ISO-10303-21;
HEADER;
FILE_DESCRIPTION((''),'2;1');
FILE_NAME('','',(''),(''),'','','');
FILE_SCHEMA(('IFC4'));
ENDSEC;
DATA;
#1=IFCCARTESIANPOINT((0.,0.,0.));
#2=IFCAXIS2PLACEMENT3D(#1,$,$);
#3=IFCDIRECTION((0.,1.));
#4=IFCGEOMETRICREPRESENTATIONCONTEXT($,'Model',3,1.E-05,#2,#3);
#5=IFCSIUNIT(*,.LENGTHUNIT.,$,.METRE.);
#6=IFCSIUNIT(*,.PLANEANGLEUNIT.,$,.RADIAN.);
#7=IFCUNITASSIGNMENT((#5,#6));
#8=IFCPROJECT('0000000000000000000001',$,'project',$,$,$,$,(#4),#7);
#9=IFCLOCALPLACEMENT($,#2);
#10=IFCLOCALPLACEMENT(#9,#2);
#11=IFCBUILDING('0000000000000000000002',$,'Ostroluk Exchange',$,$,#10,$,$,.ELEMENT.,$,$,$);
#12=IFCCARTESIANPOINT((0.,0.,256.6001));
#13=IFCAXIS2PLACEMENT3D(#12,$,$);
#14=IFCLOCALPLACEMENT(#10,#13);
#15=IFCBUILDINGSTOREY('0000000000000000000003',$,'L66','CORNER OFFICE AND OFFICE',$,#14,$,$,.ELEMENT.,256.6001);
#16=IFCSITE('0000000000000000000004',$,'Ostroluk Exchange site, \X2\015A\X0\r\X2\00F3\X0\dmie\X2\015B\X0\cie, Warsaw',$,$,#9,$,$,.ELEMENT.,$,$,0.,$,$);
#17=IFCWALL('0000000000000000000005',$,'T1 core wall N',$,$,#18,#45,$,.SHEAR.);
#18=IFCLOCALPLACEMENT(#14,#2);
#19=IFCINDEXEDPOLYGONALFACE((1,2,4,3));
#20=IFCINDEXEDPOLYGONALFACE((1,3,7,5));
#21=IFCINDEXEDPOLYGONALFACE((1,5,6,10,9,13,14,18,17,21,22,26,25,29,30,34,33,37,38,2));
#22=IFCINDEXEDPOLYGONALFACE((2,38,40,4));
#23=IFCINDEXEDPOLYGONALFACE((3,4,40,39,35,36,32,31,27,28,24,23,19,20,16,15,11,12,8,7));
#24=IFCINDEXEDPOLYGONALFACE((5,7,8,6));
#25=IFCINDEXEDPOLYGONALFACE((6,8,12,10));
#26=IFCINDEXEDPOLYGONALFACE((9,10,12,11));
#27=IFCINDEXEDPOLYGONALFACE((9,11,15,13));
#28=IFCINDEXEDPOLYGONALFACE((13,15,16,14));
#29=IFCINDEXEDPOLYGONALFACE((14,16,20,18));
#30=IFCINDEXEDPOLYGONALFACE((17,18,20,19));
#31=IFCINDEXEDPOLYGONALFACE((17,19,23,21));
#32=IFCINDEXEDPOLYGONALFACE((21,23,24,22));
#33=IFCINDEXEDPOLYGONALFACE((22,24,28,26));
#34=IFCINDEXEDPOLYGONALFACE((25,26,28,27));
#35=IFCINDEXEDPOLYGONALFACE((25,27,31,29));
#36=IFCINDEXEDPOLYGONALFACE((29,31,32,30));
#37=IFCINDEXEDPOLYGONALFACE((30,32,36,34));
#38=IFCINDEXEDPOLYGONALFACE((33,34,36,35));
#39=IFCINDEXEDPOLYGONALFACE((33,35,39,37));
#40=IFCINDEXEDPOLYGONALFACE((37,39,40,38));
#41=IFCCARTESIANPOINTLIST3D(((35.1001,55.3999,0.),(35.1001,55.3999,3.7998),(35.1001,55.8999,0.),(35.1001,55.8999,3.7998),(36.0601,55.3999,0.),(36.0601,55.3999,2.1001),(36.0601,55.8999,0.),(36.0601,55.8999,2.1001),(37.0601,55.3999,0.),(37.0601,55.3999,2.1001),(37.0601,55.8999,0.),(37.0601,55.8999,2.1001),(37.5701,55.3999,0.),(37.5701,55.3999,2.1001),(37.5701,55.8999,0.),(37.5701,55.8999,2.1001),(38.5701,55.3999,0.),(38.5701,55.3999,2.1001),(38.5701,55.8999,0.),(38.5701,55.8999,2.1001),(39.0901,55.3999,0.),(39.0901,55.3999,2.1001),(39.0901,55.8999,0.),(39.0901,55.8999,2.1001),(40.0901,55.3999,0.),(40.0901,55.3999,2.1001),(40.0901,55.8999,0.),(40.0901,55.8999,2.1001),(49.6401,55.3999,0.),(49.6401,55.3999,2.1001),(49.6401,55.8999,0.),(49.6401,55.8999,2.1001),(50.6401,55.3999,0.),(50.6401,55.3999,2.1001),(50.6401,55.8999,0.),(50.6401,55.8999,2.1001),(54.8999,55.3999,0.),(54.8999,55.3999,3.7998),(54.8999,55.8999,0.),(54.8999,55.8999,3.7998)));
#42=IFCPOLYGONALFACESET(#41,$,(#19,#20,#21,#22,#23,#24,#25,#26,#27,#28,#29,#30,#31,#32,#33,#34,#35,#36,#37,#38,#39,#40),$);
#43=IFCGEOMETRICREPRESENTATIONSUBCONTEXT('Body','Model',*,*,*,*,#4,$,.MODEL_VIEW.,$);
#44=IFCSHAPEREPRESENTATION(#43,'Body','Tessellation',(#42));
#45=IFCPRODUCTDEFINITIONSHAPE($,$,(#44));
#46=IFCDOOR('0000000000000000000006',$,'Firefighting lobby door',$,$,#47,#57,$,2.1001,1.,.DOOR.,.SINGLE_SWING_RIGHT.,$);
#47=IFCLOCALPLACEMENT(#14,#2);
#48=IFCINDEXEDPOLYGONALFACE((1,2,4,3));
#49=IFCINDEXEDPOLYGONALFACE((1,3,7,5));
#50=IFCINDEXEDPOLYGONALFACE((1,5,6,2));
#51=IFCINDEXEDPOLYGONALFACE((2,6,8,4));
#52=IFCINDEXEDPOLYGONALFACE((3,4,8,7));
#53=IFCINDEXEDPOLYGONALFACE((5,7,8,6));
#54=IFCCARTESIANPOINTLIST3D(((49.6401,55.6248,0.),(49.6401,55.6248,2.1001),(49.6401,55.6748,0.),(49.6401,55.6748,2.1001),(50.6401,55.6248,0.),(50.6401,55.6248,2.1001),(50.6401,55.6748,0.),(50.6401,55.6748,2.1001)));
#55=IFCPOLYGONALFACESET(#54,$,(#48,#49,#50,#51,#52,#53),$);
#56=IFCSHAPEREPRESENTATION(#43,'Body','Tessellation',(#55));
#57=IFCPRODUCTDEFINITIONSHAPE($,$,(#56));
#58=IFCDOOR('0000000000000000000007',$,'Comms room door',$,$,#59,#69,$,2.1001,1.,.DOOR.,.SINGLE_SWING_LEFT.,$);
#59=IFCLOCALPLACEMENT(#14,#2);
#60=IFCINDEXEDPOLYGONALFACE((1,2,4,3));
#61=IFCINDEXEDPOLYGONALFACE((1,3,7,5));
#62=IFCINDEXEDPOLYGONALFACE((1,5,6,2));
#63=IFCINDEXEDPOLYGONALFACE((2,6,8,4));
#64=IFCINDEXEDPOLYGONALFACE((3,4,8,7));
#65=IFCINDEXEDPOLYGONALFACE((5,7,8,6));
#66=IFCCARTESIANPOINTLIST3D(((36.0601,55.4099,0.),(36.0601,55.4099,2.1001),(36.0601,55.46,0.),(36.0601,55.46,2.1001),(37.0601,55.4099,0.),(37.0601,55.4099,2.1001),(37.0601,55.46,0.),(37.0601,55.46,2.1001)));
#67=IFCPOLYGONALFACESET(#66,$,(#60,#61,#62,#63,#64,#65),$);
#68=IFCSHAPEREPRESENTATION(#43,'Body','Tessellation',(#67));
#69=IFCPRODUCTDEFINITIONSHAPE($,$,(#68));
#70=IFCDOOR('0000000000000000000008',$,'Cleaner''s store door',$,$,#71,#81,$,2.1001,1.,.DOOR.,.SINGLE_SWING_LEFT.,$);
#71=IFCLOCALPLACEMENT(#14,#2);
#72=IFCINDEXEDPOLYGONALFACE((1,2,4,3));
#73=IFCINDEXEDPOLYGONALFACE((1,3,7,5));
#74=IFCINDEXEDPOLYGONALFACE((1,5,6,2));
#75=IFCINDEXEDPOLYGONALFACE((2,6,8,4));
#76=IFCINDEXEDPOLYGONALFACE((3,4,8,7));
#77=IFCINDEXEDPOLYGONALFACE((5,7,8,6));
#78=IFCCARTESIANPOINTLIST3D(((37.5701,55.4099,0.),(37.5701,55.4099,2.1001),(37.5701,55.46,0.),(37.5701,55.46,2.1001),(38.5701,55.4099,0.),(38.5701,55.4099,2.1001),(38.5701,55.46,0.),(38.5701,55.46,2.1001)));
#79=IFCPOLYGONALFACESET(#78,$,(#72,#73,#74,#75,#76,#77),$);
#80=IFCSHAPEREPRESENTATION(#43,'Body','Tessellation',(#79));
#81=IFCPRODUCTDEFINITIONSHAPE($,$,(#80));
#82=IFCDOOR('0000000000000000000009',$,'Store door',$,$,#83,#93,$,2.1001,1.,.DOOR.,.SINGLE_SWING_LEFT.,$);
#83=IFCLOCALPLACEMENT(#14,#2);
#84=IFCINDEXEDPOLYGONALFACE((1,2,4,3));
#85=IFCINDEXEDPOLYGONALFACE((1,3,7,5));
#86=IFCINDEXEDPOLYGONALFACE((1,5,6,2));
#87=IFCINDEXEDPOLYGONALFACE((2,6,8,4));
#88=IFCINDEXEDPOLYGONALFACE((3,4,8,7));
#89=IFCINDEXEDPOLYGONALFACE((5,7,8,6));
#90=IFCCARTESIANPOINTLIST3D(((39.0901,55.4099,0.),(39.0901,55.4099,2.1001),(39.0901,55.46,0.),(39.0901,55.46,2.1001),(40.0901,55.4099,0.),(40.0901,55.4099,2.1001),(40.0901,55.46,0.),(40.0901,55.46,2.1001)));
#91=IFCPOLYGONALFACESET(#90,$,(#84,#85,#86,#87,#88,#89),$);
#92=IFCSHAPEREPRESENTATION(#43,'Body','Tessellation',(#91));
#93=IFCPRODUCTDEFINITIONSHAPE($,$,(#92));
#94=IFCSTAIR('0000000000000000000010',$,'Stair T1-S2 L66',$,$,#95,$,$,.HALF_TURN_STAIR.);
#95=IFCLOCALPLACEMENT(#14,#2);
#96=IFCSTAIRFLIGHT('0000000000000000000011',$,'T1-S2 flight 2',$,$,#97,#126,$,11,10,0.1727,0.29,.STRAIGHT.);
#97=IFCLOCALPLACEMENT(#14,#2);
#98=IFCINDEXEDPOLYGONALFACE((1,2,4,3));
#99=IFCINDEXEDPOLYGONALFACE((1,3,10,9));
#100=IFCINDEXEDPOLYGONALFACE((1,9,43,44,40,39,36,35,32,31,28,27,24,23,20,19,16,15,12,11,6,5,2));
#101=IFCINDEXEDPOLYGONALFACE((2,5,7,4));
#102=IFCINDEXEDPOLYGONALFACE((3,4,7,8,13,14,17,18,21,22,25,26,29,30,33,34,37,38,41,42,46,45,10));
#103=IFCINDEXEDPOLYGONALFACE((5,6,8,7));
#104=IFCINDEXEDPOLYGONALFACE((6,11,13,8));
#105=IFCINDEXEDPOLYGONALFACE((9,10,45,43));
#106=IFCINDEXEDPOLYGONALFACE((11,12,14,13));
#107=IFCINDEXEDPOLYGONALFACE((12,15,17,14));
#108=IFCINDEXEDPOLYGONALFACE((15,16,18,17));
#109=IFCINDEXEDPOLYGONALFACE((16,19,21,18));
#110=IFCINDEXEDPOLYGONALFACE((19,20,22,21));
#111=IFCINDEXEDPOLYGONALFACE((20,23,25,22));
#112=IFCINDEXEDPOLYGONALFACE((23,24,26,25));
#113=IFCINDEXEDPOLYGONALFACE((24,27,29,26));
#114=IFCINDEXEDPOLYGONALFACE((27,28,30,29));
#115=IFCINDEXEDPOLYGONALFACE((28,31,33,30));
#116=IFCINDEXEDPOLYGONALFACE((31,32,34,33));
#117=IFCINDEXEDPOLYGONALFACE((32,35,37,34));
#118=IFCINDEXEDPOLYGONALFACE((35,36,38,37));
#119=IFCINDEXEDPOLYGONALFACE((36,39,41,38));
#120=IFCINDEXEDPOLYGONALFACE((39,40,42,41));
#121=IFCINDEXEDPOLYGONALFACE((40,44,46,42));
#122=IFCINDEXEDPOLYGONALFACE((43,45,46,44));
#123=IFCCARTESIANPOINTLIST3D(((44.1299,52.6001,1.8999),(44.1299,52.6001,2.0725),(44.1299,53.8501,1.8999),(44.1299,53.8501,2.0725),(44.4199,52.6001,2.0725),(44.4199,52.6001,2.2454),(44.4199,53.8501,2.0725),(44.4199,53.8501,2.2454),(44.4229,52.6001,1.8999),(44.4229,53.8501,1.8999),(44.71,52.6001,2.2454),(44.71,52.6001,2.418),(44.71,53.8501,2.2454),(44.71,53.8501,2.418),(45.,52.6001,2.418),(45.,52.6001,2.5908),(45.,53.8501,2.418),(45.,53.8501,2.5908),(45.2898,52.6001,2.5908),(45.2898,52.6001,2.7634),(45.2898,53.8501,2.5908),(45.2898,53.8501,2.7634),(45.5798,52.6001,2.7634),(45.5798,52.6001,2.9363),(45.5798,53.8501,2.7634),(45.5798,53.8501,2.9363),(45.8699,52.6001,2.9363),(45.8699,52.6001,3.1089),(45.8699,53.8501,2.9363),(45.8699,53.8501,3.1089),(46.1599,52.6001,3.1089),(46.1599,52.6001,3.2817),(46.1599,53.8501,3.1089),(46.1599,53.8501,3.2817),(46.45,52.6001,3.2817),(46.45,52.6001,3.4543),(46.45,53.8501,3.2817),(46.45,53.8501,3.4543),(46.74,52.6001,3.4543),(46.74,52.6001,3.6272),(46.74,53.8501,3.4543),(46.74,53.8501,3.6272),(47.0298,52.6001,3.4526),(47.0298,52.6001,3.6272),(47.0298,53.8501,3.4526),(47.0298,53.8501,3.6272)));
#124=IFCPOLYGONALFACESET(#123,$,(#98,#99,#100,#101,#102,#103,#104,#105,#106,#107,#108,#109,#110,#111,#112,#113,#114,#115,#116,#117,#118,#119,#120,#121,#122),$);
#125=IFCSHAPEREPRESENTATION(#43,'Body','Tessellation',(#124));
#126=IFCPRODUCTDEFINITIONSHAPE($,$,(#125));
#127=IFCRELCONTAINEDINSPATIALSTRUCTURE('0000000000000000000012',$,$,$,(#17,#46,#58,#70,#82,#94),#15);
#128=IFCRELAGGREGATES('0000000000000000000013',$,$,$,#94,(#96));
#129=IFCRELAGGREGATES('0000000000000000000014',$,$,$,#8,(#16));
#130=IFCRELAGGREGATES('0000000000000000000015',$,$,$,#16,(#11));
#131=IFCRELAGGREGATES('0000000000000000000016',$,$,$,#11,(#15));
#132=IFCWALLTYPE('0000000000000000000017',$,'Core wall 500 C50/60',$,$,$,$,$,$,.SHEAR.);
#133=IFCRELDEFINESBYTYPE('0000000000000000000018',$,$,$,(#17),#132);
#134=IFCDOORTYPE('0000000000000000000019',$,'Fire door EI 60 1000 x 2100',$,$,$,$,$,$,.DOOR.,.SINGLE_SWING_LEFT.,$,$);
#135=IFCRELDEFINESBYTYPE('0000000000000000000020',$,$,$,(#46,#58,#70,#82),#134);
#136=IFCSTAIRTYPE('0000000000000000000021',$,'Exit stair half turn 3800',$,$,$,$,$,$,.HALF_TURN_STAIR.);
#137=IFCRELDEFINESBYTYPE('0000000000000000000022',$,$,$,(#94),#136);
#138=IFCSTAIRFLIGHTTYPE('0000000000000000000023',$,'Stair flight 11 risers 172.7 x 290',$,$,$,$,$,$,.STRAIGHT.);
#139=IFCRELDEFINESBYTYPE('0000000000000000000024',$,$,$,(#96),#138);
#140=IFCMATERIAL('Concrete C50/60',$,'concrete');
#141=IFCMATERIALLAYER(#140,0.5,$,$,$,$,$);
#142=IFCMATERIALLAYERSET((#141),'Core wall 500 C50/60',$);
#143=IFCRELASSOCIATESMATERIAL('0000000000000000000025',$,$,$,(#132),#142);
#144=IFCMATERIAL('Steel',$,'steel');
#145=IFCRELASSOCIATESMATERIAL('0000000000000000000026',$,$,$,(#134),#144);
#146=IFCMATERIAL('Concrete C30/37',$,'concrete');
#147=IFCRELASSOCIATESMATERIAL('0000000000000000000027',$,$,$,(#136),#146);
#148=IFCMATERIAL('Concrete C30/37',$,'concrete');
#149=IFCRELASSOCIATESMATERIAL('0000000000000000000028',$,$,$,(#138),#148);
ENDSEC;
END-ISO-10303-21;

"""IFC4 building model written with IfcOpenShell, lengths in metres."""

from ifc_helpers import new_model, si_unit, direction, frame, frame_2d, origin, place, context, subcontext, project, spatial, polyline, rectangle, outline, extrude, material, layer, layer_set, type_object, element, fill, aggregate, save


model = new_model("IFC4")

# Units and contexts
model_context = context("Model", 3, precision=1e-05, world=origin(), true_north=direction((0.0, 1.0)))
body_context = subcontext(model_context, "Body", "Model", "MODEL_VIEW")
ifc_project = project(units=[si_unit("LENGTHUNIT", "METRE"), si_unit("PLANEANGLEUNIT", "RADIAN")], contexts=[model_context])

# Site, building, storey
site_placement = place(None, origin())
site = spatial("IfcSite", under=ifc_project, at=site_placement, Name="Ostroluk Exchange site, Śródmieście, Warsaw", CompositionType="ELEMENT", RefElevation=0.0)
building_placement = place(site_placement, origin())
building = spatial("IfcBuilding", under=site, at=building_placement, Name="Ostroluk Exchange", CompositionType="ELEMENT")
storey_placement = place(building_placement, frame((0.0, 0.0, 256.6001)))
storey = spatial("IfcBuildingStorey", under=building, at=storey_placement, Name="L66", Description="CORNER OFFICE AND OFFICE", CompositionType="ELEMENT", Elevation=256.6001)

# Wall, openings, doors
ifc_material_1 = material(Name="Concrete C50/60", Category="concrete")
ifc_layer_1 = layer(ifc_material_1, 0.5)
ifc_layer_set_1 = layer_set([ifc_layer_1], Name="Core wall 500 C50/60")
wall_type_1 = type_object("IfcWallType", Name="Core wall 500 C50/60", PredefinedType="SHEAR", material=ifc_layer_set_1)
wall_1_placement = place(storey_placement, frame((35.1001, 55.6499, 0.0), z_axis=(0.0, 0.0, 1.0), x_axis=(1.0, 0.0, 0.0)))
wall_1 = element("IfcWall", 1, at=wall_1_placement, inside=storey, type_object=wall_type_1, Name="T1 core wall N", PredefinedType="SHEAR", context=body_context, shape_type="SweptSolid", body=[
    extrude(rectangle(XDim=19.7998, YDim=0.5, at=frame_2d((9.8999, 0.0))), origin(), (0.0, 0.0, 1.0), 3.7998),
])
opening_1_placement = place(wall_1_placement, frame((14.54, 0.0, 0.0)))
opening_1 = element("IfcOpeningElement", 2, at=opening_1_placement, cuts=wall_1, PredefinedType="OPENING", context=body_context, shape_type="SweptSolid", body=[
    extrude(rectangle(XDim=1.0, YDim=2.1001, at=frame_2d((0.5, 1.05))), frame((0.0, 0.26, 0.0), z_axis=(0.0, -1.0, 0.0), x_axis=(1.0, 0.0, 0.0)), (0.0, 0.0, 1.0), 0.52),
])
opening_2_placement = place(wall_1_placement, frame((0.96, 0.0, 0.0)))
opening_2 = element("IfcOpeningElement", 3, at=opening_2_placement, cuts=wall_1, PredefinedType="OPENING", context=body_context, shape_type="SweptSolid", body=[
    extrude(rectangle(XDim=1.0, YDim=2.1001, at=frame_2d((0.5, 1.05))), frame((0.0, 0.26, 0.0), z_axis=(0.0, -1.0, 0.0), x_axis=(1.0, 0.0, 0.0)), (0.0, 0.0, 1.0), 0.52),
])
opening_3_placement = place(wall_1_placement, frame((2.47, 0.0, 0.0)))
opening_3 = element("IfcOpeningElement", 4, at=opening_3_placement, cuts=wall_1, PredefinedType="OPENING", context=body_context, shape_type="SweptSolid", body=[
    extrude(rectangle(XDim=1.0, YDim=2.1001, at=frame_2d((0.5, 1.05))), frame((0.0, 0.26, 0.0), z_axis=(0.0, -1.0, 0.0), x_axis=(1.0, 0.0, 0.0)), (0.0, 0.0, 1.0), 0.52),
])
opening_4_placement = place(wall_1_placement, frame((3.99, 0.0, 0.0)))
opening_4 = element("IfcOpeningElement", 5, at=opening_4_placement, cuts=wall_1, PredefinedType="OPENING", context=body_context, shape_type="SweptSolid", body=[
    extrude(rectangle(XDim=1.0, YDim=2.1001, at=frame_2d((0.5, 1.05))), frame((0.0, 0.26, 0.0), z_axis=(0.0, -1.0, 0.0), x_axis=(1.0, 0.0, 0.0)), (0.0, 0.0, 1.0), 0.52),
])
ifc_material_2 = material(Name="Steel", Category="steel")
door_type = type_object("IfcDoorType", Name="Fire door EI 60 1000 x 2100", OperationType="SINGLE_SWING_LEFT", PredefinedType="DOOR", material=ifc_material_2)
door_1_placement = place(opening_1_placement, origin())
door_1 = element("IfcDoor", 6, at=door_1_placement, inside=storey, type_object=door_type, Name="Firefighting lobby door", OperationType="SINGLE_SWING_RIGHT", OverallHeight=2.1001, OverallWidth=1.0, PredefinedType="DOOR", context=body_context, shape_type="SweptSolid", body=[
    extrude(rectangle(XDim=1.0, YDim=2.1001, at=frame_2d((0.5, 1.05))), frame((0.0, 0.0249, 0.0), z_axis=(0.0, -1.0, 0.0), x_axis=(1.0, 0.0, 0.0)), (0.0, 0.0, 1.0), 0.05),
])
fill(opening_1, door_1)
door_2_placement = place(opening_2_placement, origin())
door_2 = element("IfcDoor", 7, at=door_2_placement, inside=storey, type_object=door_type, Name="Comms room door", OperationType="SINGLE_SWING_LEFT", OverallHeight=2.1001, OverallWidth=1.0, PredefinedType="DOOR", context=body_context, shape_type="SweptSolid", body=[
    extrude(rectangle(XDim=1.0, YDim=2.1001, at=frame_2d((0.5, 1.05))), frame((0.0, -0.1899, 0.0), z_axis=(0.0, -1.0, 0.0), x_axis=(1.0, 0.0, 0.0)), (0.0, 0.0, 1.0), 0.05),
])
fill(opening_2, door_2)
door_3_placement = place(opening_3_placement, origin())
door_3 = element("IfcDoor", 8, at=door_3_placement, inside=storey, type_object=door_type, Name="Cleaner's store door", OperationType="SINGLE_SWING_LEFT", OverallHeight=2.1001, OverallWidth=1.0, PredefinedType="DOOR", context=body_context, shape_type="SweptSolid", body=[
    extrude(rectangle(XDim=1.0, YDim=2.1001, at=frame_2d((0.5, 1.05))), frame((0.0, -0.1899, 0.0), z_axis=(0.0, -1.0, 0.0), x_axis=(1.0, 0.0, 0.0)), (0.0, 0.0, 1.0), 0.05),
])
fill(opening_3, door_3)
door_4_placement = place(opening_4_placement, origin())
door_4 = element("IfcDoor", 9, at=door_4_placement, inside=storey, type_object=door_type, Name="Store door", OperationType="SINGLE_SWING_LEFT", OverallHeight=2.1001, OverallWidth=1.0, PredefinedType="DOOR", context=body_context, shape_type="SweptSolid", body=[
    extrude(rectangle(XDim=1.0, YDim=2.1001, at=frame_2d((0.5, 1.05))), frame((0.0, -0.1899, 0.0), z_axis=(0.0, -1.0, 0.0), x_axis=(1.0, 0.0, 0.0)), (0.0, 0.0, 1.0), 0.05),
])
fill(opening_4, door_4)

# Stair, stair flight
ifc_material_3 = material(Name="Concrete C30/37", Category="concrete")
stair_type = type_object("IfcStairType", Name="Exit stair half turn 3800", PredefinedType="HALF_TURN_STAIR", material=ifc_material_3)
stair_placement = place(storey_placement, origin())
stair = element("IfcStair", 10, at=stair_placement, inside=storey, type_object=stair_type, Name="Stair T1-S2 L66", PredefinedType="HALF_TURN_STAIR")
ifc_material_4 = material(Name="Concrete C30/37", Category="concrete")
stair_flight_type = type_object("IfcStairFlightType", Name="Stair flight 11 risers 172.7 x 290", PredefinedType="STRAIGHT", material=ifc_material_4)
stair_flight_placement = place(storey_placement, frame((44.1299, 53.2251, 1.8999), z_axis=(0.0, 0.0, 1.0), x_axis=(1.0, 0.0, 0.0)))
stair_flight = element("IfcStairFlight", 11, at=stair_flight_placement, type_object=stair_flight_type, Name="T1-S2 flight 2", NumberOfRisers=11, NumberOfTreads=10, PredefinedType="STRAIGHT", RiserHeight=0.1727, TreadLength=0.29, context=body_context, shape_type="SweptSolid", body=[
    extrude(outline(polyline([(0.0, 0.0), (0.0, 0.1726), (0.29, 0.1726), (0.29, 0.3455), (0.5801, 0.3455), (0.5801, 0.5181), (0.8701, 0.5181), (0.8701, 0.6909), (1.1599, 0.6909), (1.1599, 0.8635), (1.45, 0.8635), (1.45, 1.0364), (1.74, 1.0364), (1.74, 1.209), (2.03, 1.209), (2.03, 1.3818), (2.3201, 1.3818), (2.3201, 1.5544), (2.6101, 1.5544), (2.6101, 1.7273), (2.8999, 1.7273), (2.8999, 1.8999), (2.8999, 1.5527), (0.293, 0.0), (0.0, 0.0)])), frame((0.0, 0.625, 0.0), z_axis=(0.0, -1.0, 0.0), x_axis=(1.0, 0.0, 0.0)), (0.0, 0.0, 1.0), 1.25),
])
aggregate(stair, [stair_flight])

save(model, "model.ifc")
